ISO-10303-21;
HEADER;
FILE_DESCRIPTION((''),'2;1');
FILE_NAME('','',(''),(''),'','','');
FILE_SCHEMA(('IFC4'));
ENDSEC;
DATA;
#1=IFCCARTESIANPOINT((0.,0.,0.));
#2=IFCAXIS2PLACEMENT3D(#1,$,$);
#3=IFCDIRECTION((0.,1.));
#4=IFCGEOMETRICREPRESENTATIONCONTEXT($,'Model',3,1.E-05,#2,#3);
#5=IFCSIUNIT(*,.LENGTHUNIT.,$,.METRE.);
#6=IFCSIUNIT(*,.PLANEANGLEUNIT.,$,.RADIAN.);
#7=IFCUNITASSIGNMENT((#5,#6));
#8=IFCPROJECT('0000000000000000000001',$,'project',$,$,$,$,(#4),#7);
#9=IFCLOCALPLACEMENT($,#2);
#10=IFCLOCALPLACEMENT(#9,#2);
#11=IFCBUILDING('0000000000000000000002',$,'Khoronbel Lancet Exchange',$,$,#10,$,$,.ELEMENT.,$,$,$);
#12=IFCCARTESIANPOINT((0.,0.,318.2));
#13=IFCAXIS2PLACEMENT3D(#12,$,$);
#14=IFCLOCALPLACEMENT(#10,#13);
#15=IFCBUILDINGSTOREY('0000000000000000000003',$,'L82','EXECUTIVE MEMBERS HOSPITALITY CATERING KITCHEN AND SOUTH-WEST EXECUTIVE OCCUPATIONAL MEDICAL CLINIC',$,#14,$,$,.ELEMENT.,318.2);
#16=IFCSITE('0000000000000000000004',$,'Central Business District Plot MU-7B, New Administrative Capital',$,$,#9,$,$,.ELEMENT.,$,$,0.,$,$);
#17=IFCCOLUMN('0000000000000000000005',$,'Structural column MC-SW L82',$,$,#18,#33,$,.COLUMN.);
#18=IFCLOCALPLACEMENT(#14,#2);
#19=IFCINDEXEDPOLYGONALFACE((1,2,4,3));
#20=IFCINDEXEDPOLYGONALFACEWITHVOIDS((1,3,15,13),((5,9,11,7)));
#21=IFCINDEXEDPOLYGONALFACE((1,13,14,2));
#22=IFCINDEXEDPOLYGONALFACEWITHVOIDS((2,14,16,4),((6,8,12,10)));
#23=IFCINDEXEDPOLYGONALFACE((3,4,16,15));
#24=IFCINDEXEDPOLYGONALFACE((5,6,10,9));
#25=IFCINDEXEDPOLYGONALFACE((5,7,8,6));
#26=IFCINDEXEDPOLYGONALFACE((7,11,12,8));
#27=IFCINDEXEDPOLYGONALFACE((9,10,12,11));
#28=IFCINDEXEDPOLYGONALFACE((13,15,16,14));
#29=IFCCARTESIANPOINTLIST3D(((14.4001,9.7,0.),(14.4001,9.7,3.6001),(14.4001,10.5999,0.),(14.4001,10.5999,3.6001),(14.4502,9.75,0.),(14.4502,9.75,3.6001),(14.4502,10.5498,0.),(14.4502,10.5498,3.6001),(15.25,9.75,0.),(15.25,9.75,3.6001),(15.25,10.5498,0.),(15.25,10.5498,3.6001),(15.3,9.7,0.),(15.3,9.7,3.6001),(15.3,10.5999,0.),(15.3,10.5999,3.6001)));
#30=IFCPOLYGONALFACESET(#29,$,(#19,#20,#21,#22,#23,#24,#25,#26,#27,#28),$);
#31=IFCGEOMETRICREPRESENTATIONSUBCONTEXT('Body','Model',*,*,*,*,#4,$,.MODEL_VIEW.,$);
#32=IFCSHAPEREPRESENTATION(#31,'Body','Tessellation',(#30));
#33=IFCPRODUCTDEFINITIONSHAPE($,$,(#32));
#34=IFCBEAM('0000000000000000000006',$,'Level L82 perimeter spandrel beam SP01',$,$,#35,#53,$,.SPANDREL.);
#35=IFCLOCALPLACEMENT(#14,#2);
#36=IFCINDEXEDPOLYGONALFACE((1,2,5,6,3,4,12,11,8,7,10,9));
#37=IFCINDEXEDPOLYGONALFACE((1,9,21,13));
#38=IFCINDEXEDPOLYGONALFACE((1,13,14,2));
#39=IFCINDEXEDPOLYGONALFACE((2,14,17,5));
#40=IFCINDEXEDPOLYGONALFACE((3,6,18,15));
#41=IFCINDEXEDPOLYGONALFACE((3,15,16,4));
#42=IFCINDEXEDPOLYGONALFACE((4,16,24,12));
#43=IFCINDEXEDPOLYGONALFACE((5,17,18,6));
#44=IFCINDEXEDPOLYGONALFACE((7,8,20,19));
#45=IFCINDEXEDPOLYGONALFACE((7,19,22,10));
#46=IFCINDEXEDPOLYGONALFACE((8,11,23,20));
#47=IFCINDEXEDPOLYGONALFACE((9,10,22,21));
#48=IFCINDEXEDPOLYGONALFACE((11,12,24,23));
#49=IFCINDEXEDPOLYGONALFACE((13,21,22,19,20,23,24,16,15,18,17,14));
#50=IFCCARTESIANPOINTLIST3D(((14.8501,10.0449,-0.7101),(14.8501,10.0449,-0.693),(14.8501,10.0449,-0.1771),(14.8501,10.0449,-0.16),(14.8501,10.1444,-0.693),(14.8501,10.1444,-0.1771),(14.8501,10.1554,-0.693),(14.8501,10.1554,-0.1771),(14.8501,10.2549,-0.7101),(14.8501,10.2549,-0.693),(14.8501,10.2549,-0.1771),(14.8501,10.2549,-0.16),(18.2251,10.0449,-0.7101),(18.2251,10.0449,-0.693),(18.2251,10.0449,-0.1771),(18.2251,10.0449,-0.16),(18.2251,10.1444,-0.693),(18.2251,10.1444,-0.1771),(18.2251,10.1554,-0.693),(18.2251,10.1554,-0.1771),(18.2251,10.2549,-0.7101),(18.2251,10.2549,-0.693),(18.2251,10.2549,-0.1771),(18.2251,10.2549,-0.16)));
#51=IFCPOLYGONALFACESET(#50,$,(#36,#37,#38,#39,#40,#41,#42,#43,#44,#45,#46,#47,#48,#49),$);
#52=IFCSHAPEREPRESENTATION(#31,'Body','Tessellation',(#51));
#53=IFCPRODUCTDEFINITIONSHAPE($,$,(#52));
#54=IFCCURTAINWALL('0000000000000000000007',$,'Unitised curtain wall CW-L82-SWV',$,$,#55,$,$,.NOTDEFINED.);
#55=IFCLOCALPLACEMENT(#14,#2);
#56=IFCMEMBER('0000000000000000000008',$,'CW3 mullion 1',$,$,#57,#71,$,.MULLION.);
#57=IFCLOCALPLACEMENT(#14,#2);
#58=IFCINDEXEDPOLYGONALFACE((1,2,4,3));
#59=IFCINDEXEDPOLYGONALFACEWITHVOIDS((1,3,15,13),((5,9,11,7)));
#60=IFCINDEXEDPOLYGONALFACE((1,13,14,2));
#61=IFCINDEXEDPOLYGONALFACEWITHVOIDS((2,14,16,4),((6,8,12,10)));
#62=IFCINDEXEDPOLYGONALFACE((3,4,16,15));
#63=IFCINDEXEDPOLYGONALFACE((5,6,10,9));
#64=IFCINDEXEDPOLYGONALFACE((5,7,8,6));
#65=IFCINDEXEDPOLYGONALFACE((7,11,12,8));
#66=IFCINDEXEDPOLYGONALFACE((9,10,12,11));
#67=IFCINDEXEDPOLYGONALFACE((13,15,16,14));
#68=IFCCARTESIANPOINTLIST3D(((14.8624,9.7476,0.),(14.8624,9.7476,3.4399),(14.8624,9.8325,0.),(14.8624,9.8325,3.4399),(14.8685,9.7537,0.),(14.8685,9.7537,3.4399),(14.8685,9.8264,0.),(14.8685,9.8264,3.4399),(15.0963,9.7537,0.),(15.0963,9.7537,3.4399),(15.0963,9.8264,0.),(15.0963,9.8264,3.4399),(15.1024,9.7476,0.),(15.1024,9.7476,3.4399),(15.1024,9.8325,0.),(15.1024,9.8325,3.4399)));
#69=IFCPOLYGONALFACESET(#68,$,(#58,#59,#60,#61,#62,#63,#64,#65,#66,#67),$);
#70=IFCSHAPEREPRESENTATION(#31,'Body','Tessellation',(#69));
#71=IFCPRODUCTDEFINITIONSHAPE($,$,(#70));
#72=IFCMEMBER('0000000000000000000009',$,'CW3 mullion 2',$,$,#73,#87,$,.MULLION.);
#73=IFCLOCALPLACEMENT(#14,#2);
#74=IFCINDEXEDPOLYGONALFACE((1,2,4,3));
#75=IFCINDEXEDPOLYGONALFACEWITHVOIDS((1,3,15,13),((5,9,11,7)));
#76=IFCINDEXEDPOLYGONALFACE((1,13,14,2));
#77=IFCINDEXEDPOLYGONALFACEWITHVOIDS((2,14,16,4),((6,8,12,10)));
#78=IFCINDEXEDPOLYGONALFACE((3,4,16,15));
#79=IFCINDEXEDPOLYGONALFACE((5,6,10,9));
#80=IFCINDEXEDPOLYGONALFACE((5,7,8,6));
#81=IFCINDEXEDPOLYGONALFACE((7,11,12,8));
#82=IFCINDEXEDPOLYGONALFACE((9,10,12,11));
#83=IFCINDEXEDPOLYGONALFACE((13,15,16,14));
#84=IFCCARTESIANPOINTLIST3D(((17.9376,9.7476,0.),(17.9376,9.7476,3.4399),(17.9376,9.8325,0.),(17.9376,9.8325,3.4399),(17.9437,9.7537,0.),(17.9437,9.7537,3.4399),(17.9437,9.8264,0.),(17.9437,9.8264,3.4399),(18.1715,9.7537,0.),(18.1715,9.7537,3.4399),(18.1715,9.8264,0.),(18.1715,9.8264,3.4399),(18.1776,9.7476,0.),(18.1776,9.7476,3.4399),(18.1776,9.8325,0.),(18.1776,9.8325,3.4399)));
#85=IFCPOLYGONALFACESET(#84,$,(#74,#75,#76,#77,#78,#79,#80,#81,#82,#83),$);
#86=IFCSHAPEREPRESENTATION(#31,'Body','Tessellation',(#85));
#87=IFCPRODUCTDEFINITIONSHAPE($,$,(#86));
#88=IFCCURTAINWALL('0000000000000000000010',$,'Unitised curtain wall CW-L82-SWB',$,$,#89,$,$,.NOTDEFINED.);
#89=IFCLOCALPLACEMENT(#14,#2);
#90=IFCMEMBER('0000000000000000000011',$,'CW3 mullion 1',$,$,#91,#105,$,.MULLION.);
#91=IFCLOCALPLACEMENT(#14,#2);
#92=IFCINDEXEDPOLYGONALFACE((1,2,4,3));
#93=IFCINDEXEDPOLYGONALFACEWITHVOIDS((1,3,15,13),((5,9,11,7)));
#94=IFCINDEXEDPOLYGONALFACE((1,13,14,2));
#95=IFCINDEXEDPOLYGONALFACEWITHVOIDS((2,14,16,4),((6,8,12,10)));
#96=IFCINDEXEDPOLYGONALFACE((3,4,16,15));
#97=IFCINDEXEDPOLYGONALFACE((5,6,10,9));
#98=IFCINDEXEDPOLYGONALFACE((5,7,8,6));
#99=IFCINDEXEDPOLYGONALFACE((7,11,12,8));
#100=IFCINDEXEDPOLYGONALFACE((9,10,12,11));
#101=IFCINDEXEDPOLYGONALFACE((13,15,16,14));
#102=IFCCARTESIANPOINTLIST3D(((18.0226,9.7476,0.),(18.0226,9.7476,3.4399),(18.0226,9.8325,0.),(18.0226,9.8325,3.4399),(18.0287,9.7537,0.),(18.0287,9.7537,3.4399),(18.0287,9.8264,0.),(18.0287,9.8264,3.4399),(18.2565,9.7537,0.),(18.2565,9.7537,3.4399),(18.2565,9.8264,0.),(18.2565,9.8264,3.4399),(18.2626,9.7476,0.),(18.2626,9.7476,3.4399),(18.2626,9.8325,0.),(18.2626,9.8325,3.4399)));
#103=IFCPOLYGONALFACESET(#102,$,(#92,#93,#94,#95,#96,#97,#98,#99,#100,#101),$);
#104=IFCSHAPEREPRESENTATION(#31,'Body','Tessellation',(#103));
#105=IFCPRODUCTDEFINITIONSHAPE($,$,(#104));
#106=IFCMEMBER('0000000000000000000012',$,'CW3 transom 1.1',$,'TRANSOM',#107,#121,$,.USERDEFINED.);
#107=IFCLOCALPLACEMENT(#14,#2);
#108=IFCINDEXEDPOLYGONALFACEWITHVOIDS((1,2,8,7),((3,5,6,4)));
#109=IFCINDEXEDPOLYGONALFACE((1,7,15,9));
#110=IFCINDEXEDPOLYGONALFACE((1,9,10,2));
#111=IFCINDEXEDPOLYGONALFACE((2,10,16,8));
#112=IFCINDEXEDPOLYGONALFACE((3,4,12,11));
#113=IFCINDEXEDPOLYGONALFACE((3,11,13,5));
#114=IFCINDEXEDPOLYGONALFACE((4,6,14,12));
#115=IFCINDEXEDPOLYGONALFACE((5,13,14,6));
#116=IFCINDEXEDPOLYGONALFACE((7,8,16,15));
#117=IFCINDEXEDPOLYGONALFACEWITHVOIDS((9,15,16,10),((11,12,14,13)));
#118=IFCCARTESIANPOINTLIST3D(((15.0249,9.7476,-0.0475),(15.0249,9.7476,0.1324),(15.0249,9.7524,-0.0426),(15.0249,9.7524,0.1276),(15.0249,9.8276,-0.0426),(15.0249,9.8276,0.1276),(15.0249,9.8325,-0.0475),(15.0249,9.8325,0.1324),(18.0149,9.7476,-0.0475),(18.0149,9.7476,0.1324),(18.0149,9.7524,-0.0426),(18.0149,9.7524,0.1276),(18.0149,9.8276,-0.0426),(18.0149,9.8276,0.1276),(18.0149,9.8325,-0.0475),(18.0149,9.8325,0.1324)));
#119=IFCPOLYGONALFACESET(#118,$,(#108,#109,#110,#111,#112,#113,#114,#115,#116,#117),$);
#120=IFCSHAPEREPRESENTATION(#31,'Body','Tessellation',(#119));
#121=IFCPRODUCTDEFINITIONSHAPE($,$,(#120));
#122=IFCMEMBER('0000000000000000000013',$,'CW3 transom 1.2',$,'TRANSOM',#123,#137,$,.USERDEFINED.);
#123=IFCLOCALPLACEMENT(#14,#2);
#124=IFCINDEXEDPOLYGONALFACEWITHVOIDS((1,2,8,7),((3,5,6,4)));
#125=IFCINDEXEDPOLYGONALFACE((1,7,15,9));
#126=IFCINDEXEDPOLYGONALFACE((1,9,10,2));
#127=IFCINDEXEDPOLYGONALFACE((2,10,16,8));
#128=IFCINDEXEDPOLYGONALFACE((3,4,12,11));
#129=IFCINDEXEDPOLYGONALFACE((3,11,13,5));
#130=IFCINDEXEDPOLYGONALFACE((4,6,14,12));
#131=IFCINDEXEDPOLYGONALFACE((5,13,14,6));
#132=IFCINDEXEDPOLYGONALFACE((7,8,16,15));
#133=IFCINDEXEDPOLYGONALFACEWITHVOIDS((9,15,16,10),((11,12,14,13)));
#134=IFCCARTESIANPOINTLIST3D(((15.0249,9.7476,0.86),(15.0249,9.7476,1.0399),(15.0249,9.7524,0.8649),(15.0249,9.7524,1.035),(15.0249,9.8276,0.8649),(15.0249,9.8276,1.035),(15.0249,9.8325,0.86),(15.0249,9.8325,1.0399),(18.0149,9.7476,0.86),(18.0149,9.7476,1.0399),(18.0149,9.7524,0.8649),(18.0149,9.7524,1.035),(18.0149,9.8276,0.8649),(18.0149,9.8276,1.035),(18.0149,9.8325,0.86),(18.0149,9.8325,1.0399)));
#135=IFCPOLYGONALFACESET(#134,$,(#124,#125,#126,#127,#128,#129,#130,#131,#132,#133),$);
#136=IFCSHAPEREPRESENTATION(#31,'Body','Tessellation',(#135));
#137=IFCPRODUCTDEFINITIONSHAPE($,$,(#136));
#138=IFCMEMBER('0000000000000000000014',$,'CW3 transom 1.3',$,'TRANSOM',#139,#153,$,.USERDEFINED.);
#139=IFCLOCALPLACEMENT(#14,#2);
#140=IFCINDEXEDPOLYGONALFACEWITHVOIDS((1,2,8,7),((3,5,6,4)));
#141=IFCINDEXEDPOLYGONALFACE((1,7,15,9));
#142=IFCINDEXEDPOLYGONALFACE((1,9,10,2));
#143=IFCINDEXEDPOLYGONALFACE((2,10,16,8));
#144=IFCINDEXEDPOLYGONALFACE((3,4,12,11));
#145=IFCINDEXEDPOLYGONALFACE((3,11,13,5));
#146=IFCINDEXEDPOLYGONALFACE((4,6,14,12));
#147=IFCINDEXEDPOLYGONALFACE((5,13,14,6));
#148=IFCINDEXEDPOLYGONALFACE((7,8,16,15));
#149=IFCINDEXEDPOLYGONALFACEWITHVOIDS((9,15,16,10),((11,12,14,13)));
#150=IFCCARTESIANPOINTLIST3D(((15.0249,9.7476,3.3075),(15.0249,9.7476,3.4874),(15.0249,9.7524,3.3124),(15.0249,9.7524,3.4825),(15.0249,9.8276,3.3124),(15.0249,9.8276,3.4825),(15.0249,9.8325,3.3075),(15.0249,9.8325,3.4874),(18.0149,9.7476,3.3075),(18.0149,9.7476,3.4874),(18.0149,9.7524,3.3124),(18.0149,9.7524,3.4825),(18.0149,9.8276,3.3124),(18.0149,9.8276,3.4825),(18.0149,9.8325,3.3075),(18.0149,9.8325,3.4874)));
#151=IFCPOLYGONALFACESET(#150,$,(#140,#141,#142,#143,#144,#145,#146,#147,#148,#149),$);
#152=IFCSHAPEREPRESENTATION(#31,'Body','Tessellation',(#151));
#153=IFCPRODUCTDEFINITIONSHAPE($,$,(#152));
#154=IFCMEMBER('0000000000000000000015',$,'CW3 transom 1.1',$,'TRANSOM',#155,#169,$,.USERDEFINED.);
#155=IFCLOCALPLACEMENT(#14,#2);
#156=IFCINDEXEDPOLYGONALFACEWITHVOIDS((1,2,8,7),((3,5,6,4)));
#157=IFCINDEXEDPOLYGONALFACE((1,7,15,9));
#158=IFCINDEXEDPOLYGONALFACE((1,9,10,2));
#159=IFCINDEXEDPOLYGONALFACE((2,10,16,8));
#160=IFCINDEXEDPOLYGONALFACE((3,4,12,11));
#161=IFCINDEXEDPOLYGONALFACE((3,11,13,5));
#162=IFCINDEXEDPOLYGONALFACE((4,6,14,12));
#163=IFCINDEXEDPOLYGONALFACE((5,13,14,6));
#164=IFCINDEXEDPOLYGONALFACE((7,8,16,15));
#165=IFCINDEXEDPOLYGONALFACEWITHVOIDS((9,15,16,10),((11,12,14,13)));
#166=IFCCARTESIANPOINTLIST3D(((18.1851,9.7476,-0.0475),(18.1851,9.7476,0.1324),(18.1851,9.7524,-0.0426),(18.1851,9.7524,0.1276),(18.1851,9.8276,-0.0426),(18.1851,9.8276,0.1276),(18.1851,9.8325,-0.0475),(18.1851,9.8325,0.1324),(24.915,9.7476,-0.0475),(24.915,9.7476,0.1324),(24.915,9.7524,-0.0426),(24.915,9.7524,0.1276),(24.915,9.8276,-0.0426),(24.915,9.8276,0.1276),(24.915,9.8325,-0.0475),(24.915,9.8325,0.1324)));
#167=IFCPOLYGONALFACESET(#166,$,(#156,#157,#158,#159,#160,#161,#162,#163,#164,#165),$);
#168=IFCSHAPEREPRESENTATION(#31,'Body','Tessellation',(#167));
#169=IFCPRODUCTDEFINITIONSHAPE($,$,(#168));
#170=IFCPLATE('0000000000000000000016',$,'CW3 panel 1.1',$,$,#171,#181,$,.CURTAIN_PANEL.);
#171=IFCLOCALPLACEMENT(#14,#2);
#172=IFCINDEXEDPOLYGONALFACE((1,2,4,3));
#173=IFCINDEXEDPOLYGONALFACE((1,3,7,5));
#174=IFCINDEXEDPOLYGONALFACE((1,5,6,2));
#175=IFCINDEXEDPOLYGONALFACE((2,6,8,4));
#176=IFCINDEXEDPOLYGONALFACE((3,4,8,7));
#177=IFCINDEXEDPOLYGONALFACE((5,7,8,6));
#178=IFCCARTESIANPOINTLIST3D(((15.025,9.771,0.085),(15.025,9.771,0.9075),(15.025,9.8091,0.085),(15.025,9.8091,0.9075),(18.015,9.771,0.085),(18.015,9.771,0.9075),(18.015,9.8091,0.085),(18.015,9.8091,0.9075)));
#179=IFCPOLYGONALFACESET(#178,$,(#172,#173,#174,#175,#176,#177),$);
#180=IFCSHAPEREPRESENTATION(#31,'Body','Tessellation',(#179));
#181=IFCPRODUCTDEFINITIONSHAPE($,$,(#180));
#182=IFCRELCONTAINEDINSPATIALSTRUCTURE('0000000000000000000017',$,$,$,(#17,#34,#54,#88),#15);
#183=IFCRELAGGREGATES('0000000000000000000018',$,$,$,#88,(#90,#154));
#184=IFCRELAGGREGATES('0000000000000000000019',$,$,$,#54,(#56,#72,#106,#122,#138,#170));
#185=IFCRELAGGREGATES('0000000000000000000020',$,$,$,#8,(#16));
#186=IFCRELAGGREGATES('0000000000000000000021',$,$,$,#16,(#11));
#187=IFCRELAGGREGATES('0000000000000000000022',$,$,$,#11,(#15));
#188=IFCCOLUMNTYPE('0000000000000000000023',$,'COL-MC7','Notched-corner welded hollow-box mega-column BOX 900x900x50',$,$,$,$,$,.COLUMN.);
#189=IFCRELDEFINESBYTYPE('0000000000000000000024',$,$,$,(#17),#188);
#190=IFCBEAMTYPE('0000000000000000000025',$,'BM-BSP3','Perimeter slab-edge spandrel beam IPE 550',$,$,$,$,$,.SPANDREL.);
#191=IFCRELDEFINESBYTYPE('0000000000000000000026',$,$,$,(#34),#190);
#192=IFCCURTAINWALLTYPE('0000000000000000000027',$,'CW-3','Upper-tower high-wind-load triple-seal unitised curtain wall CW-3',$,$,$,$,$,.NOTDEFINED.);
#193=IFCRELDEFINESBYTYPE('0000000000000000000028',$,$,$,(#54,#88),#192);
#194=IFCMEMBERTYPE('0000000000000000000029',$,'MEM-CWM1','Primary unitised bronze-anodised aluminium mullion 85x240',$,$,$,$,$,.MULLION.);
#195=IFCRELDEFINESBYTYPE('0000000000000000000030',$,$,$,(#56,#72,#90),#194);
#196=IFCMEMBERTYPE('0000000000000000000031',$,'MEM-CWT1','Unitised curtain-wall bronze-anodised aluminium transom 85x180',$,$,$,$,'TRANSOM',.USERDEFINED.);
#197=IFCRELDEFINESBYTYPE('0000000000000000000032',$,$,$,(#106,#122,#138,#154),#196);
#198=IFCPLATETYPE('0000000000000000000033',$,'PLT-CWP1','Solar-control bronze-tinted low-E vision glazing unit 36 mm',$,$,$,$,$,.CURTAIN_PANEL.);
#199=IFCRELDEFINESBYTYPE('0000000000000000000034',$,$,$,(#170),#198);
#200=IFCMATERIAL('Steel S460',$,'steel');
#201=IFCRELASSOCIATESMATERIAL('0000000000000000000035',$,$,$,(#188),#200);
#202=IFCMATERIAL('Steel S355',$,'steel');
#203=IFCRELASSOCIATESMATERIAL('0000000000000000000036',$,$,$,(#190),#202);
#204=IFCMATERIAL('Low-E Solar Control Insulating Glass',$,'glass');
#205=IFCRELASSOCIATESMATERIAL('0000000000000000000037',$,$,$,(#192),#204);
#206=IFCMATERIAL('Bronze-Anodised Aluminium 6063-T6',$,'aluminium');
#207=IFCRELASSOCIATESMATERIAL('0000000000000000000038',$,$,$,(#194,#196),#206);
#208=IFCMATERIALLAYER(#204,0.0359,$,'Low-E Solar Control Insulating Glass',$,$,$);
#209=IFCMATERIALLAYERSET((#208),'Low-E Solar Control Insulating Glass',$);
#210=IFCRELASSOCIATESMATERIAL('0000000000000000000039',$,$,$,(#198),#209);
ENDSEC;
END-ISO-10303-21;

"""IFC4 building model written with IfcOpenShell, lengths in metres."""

from ifc_helpers import new_model, si_unit, direction, frame, origin, origin_2d, place, context, subcontext, project, spatial, rectangle, hollow_rectangle, i_section, extrude, material, layer, layer_set, material_profile, profile_set, type_object, element, aggregate, save


model = new_model("IFC4")

# Units and contexts
model_context = context("Model", 3, precision=1e-05, world=origin(), true_north=direction((0.0, 1.0)))
body_context = subcontext(model_context, "Body", "Model", "MODEL_VIEW")
ifc_project = project(units=[si_unit("LENGTHUNIT", "METRE"), si_unit("PLANEANGLEUNIT", "RADIAN")], contexts=[model_context])

# Site, building, storey
site_placement = place(None, origin())
site = spatial("IfcSite", under=ifc_project, at=site_placement, Name="Central Business District Plot MU-7B, New Administrative Capital", CompositionType="ELEMENT", RefElevation=0.0)
building_placement = place(site_placement, origin())
building = spatial("IfcBuilding", under=site, at=building_placement, Name="Khoronbel Lancet Exchange", CompositionType="ELEMENT")
storey_placement = place(building_placement, frame((0.0, 0.0, 318.2)))
storey = spatial("IfcBuildingStorey", under=building, at=storey_placement, Name="L82", Description="EXECUTIVE MEMBERS HOSPITALITY CATERING KITCHEN AND SOUTH-WEST EXECUTIVE OCCUPATIONAL MEDICAL CLINIC", CompositionType="ELEMENT", Elevation=318.2)

# Column
ifc_material_1 = material(Name="Steel S460", Category="steel")
ifc_material_profile_1 = material_profile(ifc_material_1, hollow_rectangle(XDim=0.8999, YDim=0.8999, WallThickness=0.05, at=origin_2d()), Name="BOX 900x900x50")
ifc_profile_set_1 = profile_set([ifc_material_profile_1], Name="Steel S460")
column_type = type_object("IfcColumnType", Name="COL-MC7", Description="Notched-corner welded hollow-box mega-column BOX 900x900x50", PredefinedType="COLUMN", material=ifc_profile_set_1)
column_placement = place(storey_placement, frame((14.8501, 10.1499, 0.0), z_axis=(0.0, 0.0, 1.0), x_axis=(1.0, 0.0, 0.0)))
element("IfcColumn", 1, at=column_placement, inside=storey, type_object=column_type, Name="Structural column MC-SW L82", PredefinedType="COLUMN", context=body_context, shape_type="SweptSolid", body=[
    extrude(hollow_rectangle(XDim=0.8999, YDim=0.8999, WallThickness=0.05, at=origin_2d()), origin(), (0.0, 0.0, 1.0), 3.6001),
])

# Beam
ifc_material_2 = material(Name="Steel S355", Category="steel")
ifc_material_profile_2 = material_profile(ifc_material_2, i_section(OverallWidth=0.21, OverallDepth=0.55, WebThickness=0.011, FlangeThickness=0.0171, at=origin_2d()), Name="IPE 550")
ifc_profile_set_2 = profile_set([ifc_material_profile_2], Name="Steel S355")
beam_type = type_object("IfcBeamType", Name="BM-BSP3", Description="Perimeter slab-edge spandrel beam IPE 550", PredefinedType="SPANDREL", material=ifc_profile_set_2)
beam_placement = place(storey_placement, frame((14.8501, 10.1499, -0.4351), z_axis=(1.0, 0.0, 0.0), x_axis=(0.0, 1.0, 0.0)))
element("IfcBeam", 2, at=beam_placement, inside=storey, type_object=beam_type, Name="Level L82 perimeter spandrel beam SP01", PredefinedType="SPANDREL", context=body_context, shape_type="SweptSolid", body=[
    extrude(i_section(OverallWidth=0.21, OverallDepth=0.55, WebThickness=0.011, FlangeThickness=0.0171, at=origin_2d()), origin(), (0.0, 0.0, 1.0), 3.375),
])

# Curtain wall, members
ifc_material_3 = material(Name="Low-E Solar Control Insulating Glass", Category="glass")
curtain_wall_type = type_object("IfcCurtainWallType", Name="CW-3", Description="Upper-tower high-wind-load triple-seal unitised curtain wall CW-3", PredefinedType="NOTDEFINED", material=ifc_material_3)
curtain_wall_1_placement = place(storey_placement, origin())
curtain_wall_1 = element("IfcCurtainWall", 3, at=curtain_wall_1_placement, inside=storey, type_object=curtain_wall_type, Name="Unitised curtain wall CW-L82-SWV", PredefinedType="NOTDEFINED")
ifc_material_4 = material(Name="Bronze-Anodised Aluminium 6063-T6", Category="aluminium")
ifc_material_profile_3 = material_profile(ifc_material_4, hollow_rectangle(XDim=0.085, YDim=0.24, WallThickness=0.0061, at=origin_2d()), Name="ALU MULLION 85x240")
ifc_profile_set_3 = profile_set([ifc_material_profile_3], Name="Bronze-Anodised Aluminium 6063-T6")
member_type_1 = type_object("IfcMemberType", Name="MEM-CWM1", Description="Primary unitised bronze-anodised aluminium mullion 85x240", PredefinedType="MULLION", material=ifc_profile_set_3)
member_1_placement = place(storey_placement, frame((14.9824, 9.79, 0.0), z_axis=(0.0, 0.0, 1.0), x_axis=(0.0, 1.0, 0.0)))
member_1 = element("IfcMember", 4, at=member_1_placement, type_object=member_type_1, Name="CW3 mullion 1", PredefinedType="MULLION", context=body_context, shape_type="SweptSolid", body=[
    extrude(hollow_rectangle(XDim=0.085, YDim=0.24, WallThickness=0.0061, at=origin_2d()), origin(), (0.0, 0.0, 1.0), 3.4399),
])
member_2_placement = place(storey_placement, frame((18.0576, 9.79, 0.0), z_axis=(0.0, 0.0, 1.0), x_axis=(0.0, 1.0, 0.0)))
member_2 = element("IfcMember", 5, at=member_2_placement, type_object=member_type_1, Name="CW3 mullion 2", PredefinedType="MULLION", context=body_context, shape_type="SweptSolid", body=[
    extrude(hollow_rectangle(XDim=0.085, YDim=0.24, WallThickness=0.0061, at=origin_2d()), origin(), (0.0, 0.0, 1.0), 3.4399),
])

# Curtain wall, member
curtain_wall_2_placement = place(storey_placement, origin())
curtain_wall_2 = element("IfcCurtainWall", 6, at=curtain_wall_2_placement, inside=storey, type_object=curtain_wall_type, Name="Unitised curtain wall CW-L82-SWB", PredefinedType="NOTDEFINED")
member_3_placement = place(storey_placement, frame((18.1426, 9.79, 0.0), z_axis=(0.0, 0.0, 1.0), x_axis=(0.0, 1.0, 0.0)))
member_3 = element("IfcMember", 7, at=member_3_placement, type_object=member_type_1, Name="CW3 mullion 1", PredefinedType="MULLION", context=body_context, shape_type="SweptSolid", body=[
    extrude(hollow_rectangle(XDim=0.085, YDim=0.24, WallThickness=0.0061, at=origin_2d()), origin(), (0.0, 0.0, 1.0), 3.4399),
])

# Members
ifc_material_profile_4 = material_profile(ifc_material_4, hollow_rectangle(XDim=0.085, YDim=0.1799, WallThickness=0.0049, at=origin_2d()), Name="ALU TRANSOM 85x180")
ifc_profile_set_4 = profile_set([ifc_material_profile_4], Name="Bronze-Anodised Aluminium 6063-T6")
member_type_2 = type_object("IfcMemberType", Name="MEM-CWT1", Description="Unitised curtain-wall bronze-anodised aluminium transom 85x180", ElementType="TRANSOM", PredefinedType="USERDEFINED", material=ifc_profile_set_4)
member_4_placement = place(storey_placement, frame((15.0249, 9.79, 0.0425), z_axis=(1.0, 0.0, 0.0), x_axis=(0.0, 1.0, 0.0)))
member_4 = element("IfcMember", 8, at=member_4_placement, type_object=member_type_2, Name="CW3 transom 1.1", ObjectType="TRANSOM", PredefinedType="USERDEFINED", context=body_context, shape_type="SweptSolid", body=[
    extrude(hollow_rectangle(XDim=0.085, YDim=0.1799, WallThickness=0.0049, at=origin_2d()), origin(), (0.0, 0.0, 1.0), 2.99),
])
member_5_placement = place(storey_placement, frame((15.0249, 9.79, 0.95), z_axis=(1.0, 0.0, 0.0), x_axis=(0.0, 1.0, 0.0)))
member_5 = element("IfcMember", 9, at=member_5_placement, type_object=member_type_2, Name="CW3 transom 1.2", ObjectType="TRANSOM", PredefinedType="USERDEFINED", context=body_context, shape_type="SweptSolid", body=[
    extrude(hollow_rectangle(XDim=0.085, YDim=0.1799, WallThickness=0.0049, at=origin_2d()), origin(), (0.0, 0.0, 1.0), 2.99),
])
member_6_placement = place(storey_placement, frame((15.0249, 9.79, 3.3975), z_axis=(1.0, 0.0, 0.0), x_axis=(0.0, 1.0, 0.0)))
member_6 = element("IfcMember", 10, at=member_6_placement, type_object=member_type_2, Name="CW3 transom 1.3", ObjectType="TRANSOM", PredefinedType="USERDEFINED", context=body_context, shape_type="SweptSolid", body=[
    extrude(hollow_rectangle(XDim=0.085, YDim=0.1799, WallThickness=0.0049, at=origin_2d()), origin(), (0.0, 0.0, 1.0), 2.99),
])
member_7_placement = place(storey_placement, frame((18.1851, 9.79, 0.0425), z_axis=(1.0, 0.0, 0.0), x_axis=(0.0, 1.0, 0.0)))
member_7 = element("IfcMember", 11, at=member_7_placement, type_object=member_type_2, Name="CW3 transom 1.1", ObjectType="TRANSOM", PredefinedType="USERDEFINED", context=body_context, shape_type="SweptSolid", body=[
    extrude(hollow_rectangle(XDim=0.085, YDim=0.1799, WallThickness=0.0049, at=origin_2d()), origin(), (0.0, 0.0, 1.0), 6.73),
])
aggregate(curtain_wall_2, [member_3, member_7])

# Plate
ifc_layer_1 = layer(ifc_material_3, 0.0359, Name="Low-E Solar Control Insulating Glass")
ifc_layer_set_1 = layer_set([ifc_layer_1], Name="Low-E Solar Control Insulating Glass")
plate_type = type_object("IfcPlateType", Name="PLT-CWP1", Description="Solar-control bronze-tinted low-E vision glazing unit 36 mm", PredefinedType="CURTAIN_PANEL", material=ifc_layer_set_1)
plate_1_placement = place(storey_placement, frame((16.52, 9.79, 0.085), z_axis=(0.0, 0.0, 1.0), x_axis=(1.0, 0.0, 0.0)))
plate_1 = element("IfcPlate", 12, at=plate_1_placement, type_object=plate_type, Name="CW3 panel 1.1", PredefinedType="CURTAIN_PANEL", context=body_context, shape_type="SweptSolid", body=[
    extrude(rectangle(XDim=2.99, YDim=0.0381, at=origin_2d()), origin(), (0.0, 0.0, 1.0), 0.8225),
])
aggregate(curtain_wall_1, [member_1, member_2, member_4, member_5, member_6, plate_1])

save(model, "model.ifc")
